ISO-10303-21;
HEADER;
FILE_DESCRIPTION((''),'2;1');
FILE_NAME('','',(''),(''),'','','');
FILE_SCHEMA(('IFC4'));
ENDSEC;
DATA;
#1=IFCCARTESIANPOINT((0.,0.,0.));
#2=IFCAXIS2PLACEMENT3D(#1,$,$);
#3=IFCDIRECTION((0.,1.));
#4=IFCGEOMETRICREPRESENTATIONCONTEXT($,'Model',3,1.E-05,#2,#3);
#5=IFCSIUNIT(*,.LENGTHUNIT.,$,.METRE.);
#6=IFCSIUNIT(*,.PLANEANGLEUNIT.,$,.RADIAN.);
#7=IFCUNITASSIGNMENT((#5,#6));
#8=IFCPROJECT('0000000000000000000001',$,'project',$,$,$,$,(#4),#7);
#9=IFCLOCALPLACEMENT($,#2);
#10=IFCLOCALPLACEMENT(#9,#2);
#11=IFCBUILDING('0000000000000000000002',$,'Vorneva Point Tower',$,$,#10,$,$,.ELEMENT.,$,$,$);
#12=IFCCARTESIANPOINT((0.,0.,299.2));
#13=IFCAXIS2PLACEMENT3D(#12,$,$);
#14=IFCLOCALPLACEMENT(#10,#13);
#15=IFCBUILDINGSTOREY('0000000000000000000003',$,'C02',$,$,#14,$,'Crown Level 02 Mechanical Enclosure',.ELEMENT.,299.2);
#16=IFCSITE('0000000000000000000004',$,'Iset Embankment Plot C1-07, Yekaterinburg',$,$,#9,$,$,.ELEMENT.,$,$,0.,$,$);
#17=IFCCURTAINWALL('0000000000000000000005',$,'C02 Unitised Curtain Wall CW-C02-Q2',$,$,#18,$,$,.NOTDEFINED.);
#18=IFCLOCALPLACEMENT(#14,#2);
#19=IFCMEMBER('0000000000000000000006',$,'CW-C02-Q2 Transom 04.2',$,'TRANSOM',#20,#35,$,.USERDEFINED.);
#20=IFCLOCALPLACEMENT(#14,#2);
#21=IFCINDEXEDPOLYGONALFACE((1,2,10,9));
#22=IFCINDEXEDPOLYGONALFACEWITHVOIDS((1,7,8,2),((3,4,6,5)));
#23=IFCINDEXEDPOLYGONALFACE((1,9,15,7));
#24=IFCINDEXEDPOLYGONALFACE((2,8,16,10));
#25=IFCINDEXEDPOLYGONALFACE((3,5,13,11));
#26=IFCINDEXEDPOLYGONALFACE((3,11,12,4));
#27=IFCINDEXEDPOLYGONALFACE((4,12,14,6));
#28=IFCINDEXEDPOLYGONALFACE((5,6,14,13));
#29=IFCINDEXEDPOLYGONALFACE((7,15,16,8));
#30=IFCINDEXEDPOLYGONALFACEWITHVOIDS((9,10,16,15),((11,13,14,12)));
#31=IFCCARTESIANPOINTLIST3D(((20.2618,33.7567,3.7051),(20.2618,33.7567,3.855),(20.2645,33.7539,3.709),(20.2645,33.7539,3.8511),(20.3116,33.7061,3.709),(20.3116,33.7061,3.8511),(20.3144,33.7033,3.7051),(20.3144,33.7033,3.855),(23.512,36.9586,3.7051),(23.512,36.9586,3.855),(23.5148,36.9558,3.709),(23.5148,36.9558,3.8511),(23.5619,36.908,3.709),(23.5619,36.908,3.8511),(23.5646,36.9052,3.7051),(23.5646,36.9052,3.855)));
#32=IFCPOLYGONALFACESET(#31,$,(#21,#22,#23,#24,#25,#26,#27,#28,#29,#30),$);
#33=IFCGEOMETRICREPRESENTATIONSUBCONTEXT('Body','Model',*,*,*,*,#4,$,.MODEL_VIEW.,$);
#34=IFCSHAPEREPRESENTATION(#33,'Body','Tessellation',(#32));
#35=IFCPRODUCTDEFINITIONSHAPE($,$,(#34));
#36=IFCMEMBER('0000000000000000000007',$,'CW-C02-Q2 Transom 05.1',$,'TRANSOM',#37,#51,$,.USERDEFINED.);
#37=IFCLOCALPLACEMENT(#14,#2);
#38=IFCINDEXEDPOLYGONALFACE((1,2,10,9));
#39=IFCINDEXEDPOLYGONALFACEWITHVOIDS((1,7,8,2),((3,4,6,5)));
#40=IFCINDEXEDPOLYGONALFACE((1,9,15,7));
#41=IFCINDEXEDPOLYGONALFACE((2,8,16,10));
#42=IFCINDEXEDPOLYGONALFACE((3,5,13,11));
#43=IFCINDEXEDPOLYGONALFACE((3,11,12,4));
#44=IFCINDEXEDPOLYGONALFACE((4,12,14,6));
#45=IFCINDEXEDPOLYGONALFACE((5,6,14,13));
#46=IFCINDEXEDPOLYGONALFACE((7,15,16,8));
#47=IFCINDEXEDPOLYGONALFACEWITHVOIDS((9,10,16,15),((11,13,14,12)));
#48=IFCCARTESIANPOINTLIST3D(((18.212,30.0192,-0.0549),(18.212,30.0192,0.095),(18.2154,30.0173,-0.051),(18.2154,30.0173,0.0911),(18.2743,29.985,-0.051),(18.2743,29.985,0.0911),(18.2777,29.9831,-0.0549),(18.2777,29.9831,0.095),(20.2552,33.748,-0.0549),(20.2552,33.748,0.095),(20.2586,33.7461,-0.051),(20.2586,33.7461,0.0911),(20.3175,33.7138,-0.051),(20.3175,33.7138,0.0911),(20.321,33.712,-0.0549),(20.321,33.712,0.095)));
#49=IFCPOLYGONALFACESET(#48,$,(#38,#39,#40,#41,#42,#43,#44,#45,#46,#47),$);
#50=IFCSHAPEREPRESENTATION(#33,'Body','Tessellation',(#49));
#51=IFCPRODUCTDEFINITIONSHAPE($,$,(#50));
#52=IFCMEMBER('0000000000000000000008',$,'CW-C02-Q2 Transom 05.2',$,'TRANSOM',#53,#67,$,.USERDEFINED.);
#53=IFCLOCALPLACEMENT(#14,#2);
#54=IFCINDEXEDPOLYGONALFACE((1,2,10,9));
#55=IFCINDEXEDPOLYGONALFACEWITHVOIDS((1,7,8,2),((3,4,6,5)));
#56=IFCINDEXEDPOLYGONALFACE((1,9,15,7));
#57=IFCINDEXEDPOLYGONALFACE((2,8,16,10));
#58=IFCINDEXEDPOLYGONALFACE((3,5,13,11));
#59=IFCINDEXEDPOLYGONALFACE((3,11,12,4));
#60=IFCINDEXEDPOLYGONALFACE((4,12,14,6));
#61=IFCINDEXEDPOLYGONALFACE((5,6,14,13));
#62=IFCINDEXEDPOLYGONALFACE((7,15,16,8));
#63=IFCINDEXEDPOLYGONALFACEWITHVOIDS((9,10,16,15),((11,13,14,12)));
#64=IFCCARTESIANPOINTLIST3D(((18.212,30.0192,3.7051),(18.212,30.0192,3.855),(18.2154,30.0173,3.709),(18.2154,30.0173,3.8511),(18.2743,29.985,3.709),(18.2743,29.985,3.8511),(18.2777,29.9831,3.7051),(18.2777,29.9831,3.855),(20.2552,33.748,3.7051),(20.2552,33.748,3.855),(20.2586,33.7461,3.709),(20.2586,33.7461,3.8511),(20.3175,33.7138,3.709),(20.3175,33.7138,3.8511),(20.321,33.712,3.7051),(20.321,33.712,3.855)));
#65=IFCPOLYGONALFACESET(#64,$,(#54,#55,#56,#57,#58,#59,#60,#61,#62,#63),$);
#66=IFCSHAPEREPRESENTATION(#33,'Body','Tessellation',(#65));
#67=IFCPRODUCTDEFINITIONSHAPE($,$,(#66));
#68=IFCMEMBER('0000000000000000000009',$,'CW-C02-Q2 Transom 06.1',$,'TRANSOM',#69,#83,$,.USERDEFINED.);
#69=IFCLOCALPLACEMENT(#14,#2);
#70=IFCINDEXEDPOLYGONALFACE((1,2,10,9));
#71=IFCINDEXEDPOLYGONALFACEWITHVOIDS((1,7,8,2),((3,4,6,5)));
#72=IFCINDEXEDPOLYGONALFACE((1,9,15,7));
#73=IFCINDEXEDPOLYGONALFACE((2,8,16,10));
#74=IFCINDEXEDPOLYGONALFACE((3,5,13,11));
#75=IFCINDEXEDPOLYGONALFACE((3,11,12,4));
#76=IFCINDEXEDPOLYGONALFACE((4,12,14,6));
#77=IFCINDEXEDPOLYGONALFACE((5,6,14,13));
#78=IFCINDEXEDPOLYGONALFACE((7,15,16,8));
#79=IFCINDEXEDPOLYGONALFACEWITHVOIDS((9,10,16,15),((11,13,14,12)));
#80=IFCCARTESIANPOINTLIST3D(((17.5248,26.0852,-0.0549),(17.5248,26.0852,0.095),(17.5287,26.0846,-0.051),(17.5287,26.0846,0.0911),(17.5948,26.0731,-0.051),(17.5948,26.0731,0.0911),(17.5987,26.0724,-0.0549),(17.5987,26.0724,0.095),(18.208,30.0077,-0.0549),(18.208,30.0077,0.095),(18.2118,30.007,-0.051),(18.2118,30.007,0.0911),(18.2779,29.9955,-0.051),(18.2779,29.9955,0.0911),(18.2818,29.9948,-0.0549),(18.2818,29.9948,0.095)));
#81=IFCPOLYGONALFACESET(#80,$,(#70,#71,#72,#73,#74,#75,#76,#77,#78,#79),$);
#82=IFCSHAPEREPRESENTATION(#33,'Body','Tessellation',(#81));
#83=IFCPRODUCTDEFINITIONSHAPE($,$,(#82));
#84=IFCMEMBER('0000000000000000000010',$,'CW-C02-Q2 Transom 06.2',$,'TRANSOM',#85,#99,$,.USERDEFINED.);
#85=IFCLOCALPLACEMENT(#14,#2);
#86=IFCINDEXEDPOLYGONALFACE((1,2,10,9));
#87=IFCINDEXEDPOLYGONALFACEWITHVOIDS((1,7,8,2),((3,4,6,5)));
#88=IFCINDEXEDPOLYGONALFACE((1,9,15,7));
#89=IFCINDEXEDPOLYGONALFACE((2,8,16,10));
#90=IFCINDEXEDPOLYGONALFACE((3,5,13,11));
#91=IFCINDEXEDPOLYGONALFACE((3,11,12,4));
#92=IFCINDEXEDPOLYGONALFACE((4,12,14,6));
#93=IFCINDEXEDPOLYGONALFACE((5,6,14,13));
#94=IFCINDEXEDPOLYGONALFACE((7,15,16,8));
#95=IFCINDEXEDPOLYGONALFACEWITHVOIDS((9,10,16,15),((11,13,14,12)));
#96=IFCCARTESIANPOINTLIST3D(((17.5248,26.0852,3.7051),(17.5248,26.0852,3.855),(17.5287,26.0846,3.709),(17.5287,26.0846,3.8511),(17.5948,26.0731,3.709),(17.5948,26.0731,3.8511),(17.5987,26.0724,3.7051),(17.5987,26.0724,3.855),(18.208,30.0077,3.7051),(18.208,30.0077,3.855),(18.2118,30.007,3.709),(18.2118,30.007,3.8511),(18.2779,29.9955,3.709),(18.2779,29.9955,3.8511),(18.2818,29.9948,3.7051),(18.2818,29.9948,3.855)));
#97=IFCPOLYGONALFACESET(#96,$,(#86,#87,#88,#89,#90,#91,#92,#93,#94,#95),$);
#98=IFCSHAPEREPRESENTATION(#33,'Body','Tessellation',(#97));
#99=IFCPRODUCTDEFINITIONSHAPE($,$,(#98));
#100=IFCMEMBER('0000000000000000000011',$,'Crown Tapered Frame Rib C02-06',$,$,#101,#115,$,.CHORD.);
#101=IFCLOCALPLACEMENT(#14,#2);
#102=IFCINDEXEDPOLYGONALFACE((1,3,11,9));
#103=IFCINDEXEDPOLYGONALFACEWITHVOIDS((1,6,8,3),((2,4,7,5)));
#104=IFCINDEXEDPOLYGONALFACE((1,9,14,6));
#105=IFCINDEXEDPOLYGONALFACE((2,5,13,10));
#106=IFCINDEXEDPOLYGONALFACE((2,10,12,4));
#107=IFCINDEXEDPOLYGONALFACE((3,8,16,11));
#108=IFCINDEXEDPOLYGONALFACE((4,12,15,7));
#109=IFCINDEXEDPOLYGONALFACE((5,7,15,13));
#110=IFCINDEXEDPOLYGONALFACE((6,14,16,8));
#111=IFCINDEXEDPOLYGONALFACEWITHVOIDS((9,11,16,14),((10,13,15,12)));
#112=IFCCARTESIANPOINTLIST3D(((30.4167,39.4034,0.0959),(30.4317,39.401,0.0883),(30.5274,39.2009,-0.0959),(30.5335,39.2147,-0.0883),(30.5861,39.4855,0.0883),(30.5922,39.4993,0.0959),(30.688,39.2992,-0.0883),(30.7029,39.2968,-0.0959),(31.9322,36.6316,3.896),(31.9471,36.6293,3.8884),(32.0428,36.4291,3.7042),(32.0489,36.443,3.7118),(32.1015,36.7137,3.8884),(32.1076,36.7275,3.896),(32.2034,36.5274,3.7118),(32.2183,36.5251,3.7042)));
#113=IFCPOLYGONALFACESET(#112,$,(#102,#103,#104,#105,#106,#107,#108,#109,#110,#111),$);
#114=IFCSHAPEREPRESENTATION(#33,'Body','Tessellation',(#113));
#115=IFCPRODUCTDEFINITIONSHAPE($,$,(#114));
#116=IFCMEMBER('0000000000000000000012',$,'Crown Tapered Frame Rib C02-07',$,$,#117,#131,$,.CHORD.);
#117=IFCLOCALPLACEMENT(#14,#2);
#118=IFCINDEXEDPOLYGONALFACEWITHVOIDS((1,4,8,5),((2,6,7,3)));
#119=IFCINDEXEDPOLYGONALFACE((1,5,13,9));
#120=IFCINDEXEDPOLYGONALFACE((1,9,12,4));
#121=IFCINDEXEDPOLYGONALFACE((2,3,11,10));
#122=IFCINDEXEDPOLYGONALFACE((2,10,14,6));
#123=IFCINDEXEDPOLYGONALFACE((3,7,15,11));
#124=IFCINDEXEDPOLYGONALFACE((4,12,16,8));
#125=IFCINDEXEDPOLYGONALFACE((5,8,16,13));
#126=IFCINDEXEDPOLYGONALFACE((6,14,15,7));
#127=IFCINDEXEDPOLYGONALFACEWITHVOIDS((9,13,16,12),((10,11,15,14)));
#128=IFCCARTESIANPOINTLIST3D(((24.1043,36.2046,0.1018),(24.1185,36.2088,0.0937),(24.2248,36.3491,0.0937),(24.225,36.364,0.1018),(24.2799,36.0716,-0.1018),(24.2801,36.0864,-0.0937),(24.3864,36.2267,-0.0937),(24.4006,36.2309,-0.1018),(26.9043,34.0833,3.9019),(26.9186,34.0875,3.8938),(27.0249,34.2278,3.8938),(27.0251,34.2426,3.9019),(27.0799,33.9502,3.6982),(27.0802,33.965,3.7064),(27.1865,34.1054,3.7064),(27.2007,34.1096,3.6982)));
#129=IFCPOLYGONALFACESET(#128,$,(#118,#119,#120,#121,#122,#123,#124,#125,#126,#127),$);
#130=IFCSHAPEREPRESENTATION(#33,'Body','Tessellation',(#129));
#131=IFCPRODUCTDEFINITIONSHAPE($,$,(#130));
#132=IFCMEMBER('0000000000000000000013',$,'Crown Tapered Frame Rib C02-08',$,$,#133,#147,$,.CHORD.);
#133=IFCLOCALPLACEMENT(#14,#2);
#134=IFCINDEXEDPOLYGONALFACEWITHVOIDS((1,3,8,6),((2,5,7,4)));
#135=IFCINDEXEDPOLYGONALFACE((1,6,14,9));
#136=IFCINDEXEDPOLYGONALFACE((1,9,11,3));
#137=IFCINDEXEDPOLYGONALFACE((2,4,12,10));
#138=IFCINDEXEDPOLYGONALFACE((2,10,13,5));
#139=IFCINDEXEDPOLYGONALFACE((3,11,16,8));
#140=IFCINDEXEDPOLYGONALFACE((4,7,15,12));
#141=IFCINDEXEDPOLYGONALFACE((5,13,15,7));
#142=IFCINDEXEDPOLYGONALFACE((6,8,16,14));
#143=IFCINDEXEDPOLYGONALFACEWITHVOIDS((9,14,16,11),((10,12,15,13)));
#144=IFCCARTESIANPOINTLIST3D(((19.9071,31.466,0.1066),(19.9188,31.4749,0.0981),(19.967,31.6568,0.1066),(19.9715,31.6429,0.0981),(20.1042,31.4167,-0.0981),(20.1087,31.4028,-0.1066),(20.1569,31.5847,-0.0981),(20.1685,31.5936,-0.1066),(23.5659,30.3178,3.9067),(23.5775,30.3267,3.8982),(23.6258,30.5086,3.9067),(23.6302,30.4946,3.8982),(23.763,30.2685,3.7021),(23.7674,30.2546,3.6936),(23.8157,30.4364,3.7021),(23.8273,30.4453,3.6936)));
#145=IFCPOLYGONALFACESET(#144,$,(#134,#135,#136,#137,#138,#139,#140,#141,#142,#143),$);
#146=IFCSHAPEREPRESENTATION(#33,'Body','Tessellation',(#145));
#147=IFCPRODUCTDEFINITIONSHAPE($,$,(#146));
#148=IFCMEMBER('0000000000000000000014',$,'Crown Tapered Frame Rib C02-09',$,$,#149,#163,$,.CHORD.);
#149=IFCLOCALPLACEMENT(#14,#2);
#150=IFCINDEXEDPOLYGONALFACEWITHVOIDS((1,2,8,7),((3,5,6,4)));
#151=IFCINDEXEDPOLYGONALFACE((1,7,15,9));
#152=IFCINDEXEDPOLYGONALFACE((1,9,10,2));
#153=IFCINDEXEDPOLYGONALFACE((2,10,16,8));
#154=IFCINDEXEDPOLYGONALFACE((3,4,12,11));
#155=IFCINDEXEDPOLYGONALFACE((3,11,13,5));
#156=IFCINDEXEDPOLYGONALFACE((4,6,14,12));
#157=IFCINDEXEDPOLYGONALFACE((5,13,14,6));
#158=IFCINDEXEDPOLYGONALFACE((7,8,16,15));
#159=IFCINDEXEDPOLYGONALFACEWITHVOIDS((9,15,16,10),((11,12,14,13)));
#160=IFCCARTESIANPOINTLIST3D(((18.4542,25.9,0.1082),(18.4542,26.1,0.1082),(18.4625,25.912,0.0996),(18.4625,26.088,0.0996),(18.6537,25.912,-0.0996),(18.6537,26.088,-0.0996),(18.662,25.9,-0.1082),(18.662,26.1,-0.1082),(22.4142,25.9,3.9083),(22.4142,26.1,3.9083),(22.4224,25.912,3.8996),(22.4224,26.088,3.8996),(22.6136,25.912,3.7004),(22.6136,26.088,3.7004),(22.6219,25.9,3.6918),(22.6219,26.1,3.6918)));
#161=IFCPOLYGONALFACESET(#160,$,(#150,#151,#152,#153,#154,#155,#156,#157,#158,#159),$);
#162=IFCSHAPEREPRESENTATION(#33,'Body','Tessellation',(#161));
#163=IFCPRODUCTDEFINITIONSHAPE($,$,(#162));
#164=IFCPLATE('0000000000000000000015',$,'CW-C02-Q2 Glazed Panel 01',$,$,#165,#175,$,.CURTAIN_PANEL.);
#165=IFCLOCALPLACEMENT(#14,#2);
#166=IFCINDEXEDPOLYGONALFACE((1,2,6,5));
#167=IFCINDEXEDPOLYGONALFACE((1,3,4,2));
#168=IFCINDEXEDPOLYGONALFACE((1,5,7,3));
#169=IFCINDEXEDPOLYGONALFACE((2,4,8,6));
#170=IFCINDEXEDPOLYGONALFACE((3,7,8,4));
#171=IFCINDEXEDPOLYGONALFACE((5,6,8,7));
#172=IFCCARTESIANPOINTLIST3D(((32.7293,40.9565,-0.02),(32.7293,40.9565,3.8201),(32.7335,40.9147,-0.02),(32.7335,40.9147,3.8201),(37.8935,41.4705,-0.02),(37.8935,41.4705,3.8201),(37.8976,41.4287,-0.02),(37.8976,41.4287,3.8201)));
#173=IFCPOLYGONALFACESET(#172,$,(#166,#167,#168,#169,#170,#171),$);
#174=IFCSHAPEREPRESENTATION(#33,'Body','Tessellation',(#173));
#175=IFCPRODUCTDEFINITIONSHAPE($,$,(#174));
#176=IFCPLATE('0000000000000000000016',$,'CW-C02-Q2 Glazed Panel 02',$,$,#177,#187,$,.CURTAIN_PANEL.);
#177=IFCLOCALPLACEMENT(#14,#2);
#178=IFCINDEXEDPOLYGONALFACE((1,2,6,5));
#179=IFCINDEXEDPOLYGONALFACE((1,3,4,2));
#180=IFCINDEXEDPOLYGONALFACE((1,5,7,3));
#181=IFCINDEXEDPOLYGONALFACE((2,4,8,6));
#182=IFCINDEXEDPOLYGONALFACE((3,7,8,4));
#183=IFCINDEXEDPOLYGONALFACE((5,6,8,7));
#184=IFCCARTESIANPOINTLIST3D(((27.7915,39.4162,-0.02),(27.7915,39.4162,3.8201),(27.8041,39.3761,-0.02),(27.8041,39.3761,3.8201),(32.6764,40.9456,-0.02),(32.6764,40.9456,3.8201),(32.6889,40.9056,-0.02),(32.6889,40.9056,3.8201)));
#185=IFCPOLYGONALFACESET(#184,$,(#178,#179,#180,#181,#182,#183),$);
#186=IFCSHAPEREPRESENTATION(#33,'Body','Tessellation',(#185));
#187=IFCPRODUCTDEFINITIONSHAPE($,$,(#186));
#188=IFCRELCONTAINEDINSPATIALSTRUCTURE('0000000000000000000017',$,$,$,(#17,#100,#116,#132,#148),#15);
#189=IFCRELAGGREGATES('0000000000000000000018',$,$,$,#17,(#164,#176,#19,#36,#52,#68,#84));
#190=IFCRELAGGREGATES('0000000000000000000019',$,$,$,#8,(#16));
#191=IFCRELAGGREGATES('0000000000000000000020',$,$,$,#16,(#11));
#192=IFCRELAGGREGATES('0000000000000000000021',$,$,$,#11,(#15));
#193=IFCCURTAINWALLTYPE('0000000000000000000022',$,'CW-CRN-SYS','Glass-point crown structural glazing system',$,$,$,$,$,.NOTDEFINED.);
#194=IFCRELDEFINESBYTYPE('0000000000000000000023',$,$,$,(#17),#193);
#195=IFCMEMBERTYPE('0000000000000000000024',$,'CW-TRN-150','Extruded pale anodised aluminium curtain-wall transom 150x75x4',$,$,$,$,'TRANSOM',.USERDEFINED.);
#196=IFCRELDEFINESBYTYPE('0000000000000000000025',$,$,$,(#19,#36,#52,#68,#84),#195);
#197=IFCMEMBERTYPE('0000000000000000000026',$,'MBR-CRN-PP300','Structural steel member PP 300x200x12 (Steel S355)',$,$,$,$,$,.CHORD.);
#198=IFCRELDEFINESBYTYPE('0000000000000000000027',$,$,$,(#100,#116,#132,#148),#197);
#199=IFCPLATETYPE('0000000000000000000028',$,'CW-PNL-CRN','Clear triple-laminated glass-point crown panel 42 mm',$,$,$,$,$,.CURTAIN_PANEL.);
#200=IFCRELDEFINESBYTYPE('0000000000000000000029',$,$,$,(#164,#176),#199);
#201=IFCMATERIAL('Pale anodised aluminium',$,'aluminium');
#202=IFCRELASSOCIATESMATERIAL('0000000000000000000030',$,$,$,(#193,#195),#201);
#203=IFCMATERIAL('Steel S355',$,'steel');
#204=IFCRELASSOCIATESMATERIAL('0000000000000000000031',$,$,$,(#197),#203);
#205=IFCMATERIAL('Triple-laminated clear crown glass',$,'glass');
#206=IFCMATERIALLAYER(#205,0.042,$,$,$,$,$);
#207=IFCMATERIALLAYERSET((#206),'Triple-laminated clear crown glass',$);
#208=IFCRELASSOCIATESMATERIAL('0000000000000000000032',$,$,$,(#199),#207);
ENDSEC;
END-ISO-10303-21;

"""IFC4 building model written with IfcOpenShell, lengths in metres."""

from ifc_helpers import new_model, si_unit, direction, frame, origin, origin_2d, place, context, subcontext, project, spatial, rectangle, hollow_rectangle, extrude, material, layer, layer_set, material_profile, profile_set, type_object, element, aggregate, save


model = new_model("IFC4")

# Units and contexts
model_context = context("Model", 3, precision=1e-05, world=origin(), true_north=direction((0.0, 1.0)))
body_context = subcontext(model_context, "Body", "Model", "MODEL_VIEW")
ifc_project = project(units=[si_unit("LENGTHUNIT", "METRE"), si_unit("PLANEANGLEUNIT", "RADIAN")], contexts=[model_context])

# Site, building, storey
site_placement = place(None, origin())
site = spatial("IfcSite", under=ifc_project, at=site_placement, Name="Iset Embankment Plot C1-07, Yekaterinburg", CompositionType="ELEMENT", RefElevation=0.0)
building_placement = place(site_placement, origin())
building = spatial("IfcBuilding", under=site, at=building_placement, Name="Vorneva Point Tower", CompositionType="ELEMENT")
storey_placement = place(building_placement, frame((0.0, 0.0, 299.2)))
storey = spatial("IfcBuildingStorey", under=building, at=storey_placement, Name="C02", LongName="Crown Level 02 Mechanical Enclosure", CompositionType="ELEMENT", Elevation=299.2)

# Shared definitions
ifc_material_1 = material(Name="Steel S355", Category="steel")

# Curtain wall, members
ifc_material_2 = material(Name="Pale anodised aluminium", Category="aluminium")
curtain_wall_type = type_object("IfcCurtainWallType", Name="CW-CRN-SYS", Description="Glass-point crown structural glazing system", PredefinedType="NOTDEFINED", material=ifc_material_2)
curtain_wall_placement = place(storey_placement, origin())
curtain_wall = element("IfcCurtainWall", 1, at=curtain_wall_placement, inside=storey, type_object=curtain_wall_type, Name="C02 Unitised Curtain Wall CW-C02-Q2", PredefinedType="NOTDEFINED")
ifc_material_profile_1 = material_profile(ifc_material_2, hollow_rectangle(XDim=0.075, YDim=0.1499, WallThickness=0.0039, at=origin_2d()), Name="AL-TRN 150x75x4")
ifc_profile_set_1 = profile_set([ifc_material_profile_1], Name="Pale anodised aluminium")
member_type_1 = type_object("IfcMemberType", Name="CW-TRN-150", Description="Extruded pale anodised aluminium curtain-wall transom 150x75x4", ElementType="TRANSOM", PredefinedType="USERDEFINED", material=ifc_profile_set_1)
member_1_placement = place(storey_placement, frame((23.5383, 36.9319, 3.78), z_axis=(-0.712384, -0.701789, 0.0), x_axis=(0.701789, -0.712384, 0.0)))
member_1 = element("IfcMember", 2, at=member_1_placement, type_object=member_type_1, Name="CW-C02-Q2 Transom 04.2", ObjectType="TRANSOM", PredefinedType="USERDEFINED", context=body_context, shape_type="SweptSolid", body=[
    extrude(hollow_rectangle(XDim=0.075, YDim=0.1499, WallThickness=0.0039, at=origin_2d()), origin(), (0.0, 0.0, 1.0), 4.5625),
])
member_2_placement = place(storey_placement, frame((20.2881, 33.73, 0.02), z_axis=(-0.480545, -0.87697, 0.0), x_axis=(0.87697, -0.480545, 0.0)))
member_2 = element("IfcMember", 3, at=member_2_placement, type_object=member_type_1, Name="CW-C02-Q2 Transom 05.1", ObjectType="TRANSOM", PredefinedType="USERDEFINED", context=body_context, shape_type="SweptSolid", body=[
    extrude(hollow_rectangle(XDim=0.075, YDim=0.1499, WallThickness=0.0039, at=origin_2d()), origin(), (0.0, 0.0, 1.0), 4.252),
])
member_3_placement = place(storey_placement, frame((20.2881, 33.73, 3.78), z_axis=(-0.480545, -0.87697, 0.0), x_axis=(0.87697, -0.480545, 0.0)))
member_3 = element("IfcMember", 4, at=member_3_placement, type_object=member_type_1, Name="CW-C02-Q2 Transom 05.2", ObjectType="TRANSOM", PredefinedType="USERDEFINED", context=body_context, shape_type="SweptSolid", body=[
    extrude(hollow_rectangle(XDim=0.075, YDim=0.1499, WallThickness=0.0039, at=origin_2d()), origin(), (0.0, 0.0, 1.0), 4.252),
])
member_4_placement = place(storey_placement, frame((18.2449, 30.0012, 0.02), z_axis=(-0.171574, -0.985171, 0.0), x_axis=(0.985171, -0.171574, 0.0)))
member_4 = element("IfcMember", 5, at=member_4_placement, type_object=member_type_1, Name="CW-C02-Q2 Transom 06.1", ObjectType="TRANSOM", PredefinedType="USERDEFINED", context=body_context, shape_type="SweptSolid", body=[
    extrude(hollow_rectangle(XDim=0.075, YDim=0.1499, WallThickness=0.0039, at=origin_2d()), origin(), (0.0, 0.0, 1.0), 3.9814),
])
member_5_placement = place(storey_placement, frame((18.2449, 30.0012, 3.78), z_axis=(-0.171574, -0.985171, 0.0), x_axis=(0.985171, -0.171574, 0.0)))
member_5 = element("IfcMember", 6, at=member_5_placement, type_object=member_type_1, Name="CW-C02-Q2 Transom 06.2", ObjectType="TRANSOM", PredefinedType="USERDEFINED", context=body_context, shape_type="SweptSolid", body=[
    extrude(hollow_rectangle(XDim=0.075, YDim=0.1499, WallThickness=0.0039, at=origin_2d()), origin(), (0.0, 0.0, 1.0), 3.9814),
])

# Members
ifc_material_profile_2 = material_profile(ifc_material_1, hollow_rectangle(XDim=0.2, YDim=0.3, WallThickness=0.012, at=origin_2d()), Name="PP 300x200x12")
ifc_profile_set_2 = profile_set([ifc_material_profile_2], Name="Steel S355")
member_type_2 = type_object("IfcMemberType", Name="MBR-CRN-PP300", Description="Structural steel member PP 300x200x12 (Steel S355)", PredefinedType="CHORD", material=ifc_profile_set_2)
member_6_placement = place(storey_placement, frame((30.5598, 39.3501, 0.0), z_axis=(0.306659, -0.560899, 0.768994), x_axis=(0.877426, 0.479713, 0.0)))
element("IfcMember", 7, at=member_6_placement, inside=storey, type_object=member_type_2, Name="Crown Tapered Frame Rib C02-06", PredefinedType="CHORD", context=body_context, shape_type="SweptSolid", body=[
    extrude(hollow_rectangle(XDim=0.2, YDim=0.3, WallThickness=0.012, at=origin_2d()), origin(), (0.0, 0.0, 1.0), 4.9417),
])
member_7_placement = place(storey_placement, frame((24.2524, 36.2178, 0.0), z_axis=(0.541071, -0.40992, 0.734308), x_axis=(0.603874, 0.79708, 0.0)))
element("IfcMember", 8, at=member_7_placement, inside=storey, type_object=member_type_2, Name="Crown Tapered Frame Rib C02-07", PredefinedType="CHORD", context=body_context, shape_type="SweptSolid", body=[
    extrude(hollow_rectangle(XDim=0.2, YDim=0.3, WallThickness=0.012, at=origin_2d()), origin(), (0.0, 0.0, 1.0), 5.175),
])
member_8_placement = place(storey_placement, frame((20.0378, 31.5298, 0.0), z_axis=(0.677713, -0.212684, 0.703897), x_axis=(0.299428, 0.954119, 0.0)))
element("IfcMember", 9, at=member_8_placement, inside=storey, type_object=member_type_2, Name="Crown Tapered Frame Rib C02-08", PredefinedType="CHORD", context=body_context, shape_type="SweptSolid", body=[
    extrude(hollow_rectangle(XDim=0.2, YDim=0.3, WallThickness=0.012, at=origin_2d()), origin(), (0.0, 0.0, 1.0), 5.3987),
])
member_9_placement = place(storey_placement, frame((18.5581, 26.0, 0.0), z_axis=(0.721525, 0.0, 0.692388), x_axis=(0.0, 1.0, 0.0)))
element("IfcMember", 10, at=member_9_placement, inside=storey, type_object=member_type_2, Name="Crown Tapered Frame Rib C02-09", PredefinedType="CHORD", context=body_context, shape_type="SweptSolid", body=[
    extrude(hollow_rectangle(XDim=0.2, YDim=0.3, WallThickness=0.012, at=origin_2d()), origin(), (0.0, 0.0, 1.0), 5.4883),
])

# Plates
ifc_material_3 = material(Name="Triple-laminated clear crown glass", Category="glass")
ifc_layer = layer(ifc_material_3, 0.042)
ifc_layer_set = layer_set([ifc_layer], Name="Triple-laminated clear crown glass")
plate_type = type_object("IfcPlateType", Name="CW-PNL-CRN", Description="Clear triple-laminated glass-point crown panel 42 mm", PredefinedType="CURTAIN_PANEL", material=ifc_layer_set)
plate_1_placement = place(storey_placement, frame((35.3135, 41.1926, -0.02), z_axis=(0.0, 0.0, 1.0), x_axis=(-0.995083, -0.099042, 0.0)))
plate_1 = element("IfcPlate", 11, at=plate_1_placement, type_object=plate_type, Name="CW-C02-Q2 Glazed Panel 01", PredefinedType="CURTAIN_PANEL", context=body_context, shape_type="SweptSolid", body=[
    extrude(rectangle(XDim=5.1897, YDim=0.042, at=origin_2d()), origin(), (0.0, 0.0, 1.0), 3.8401),
])
plate_2_placement = place(storey_placement, frame((30.2402, 40.1609, -0.02), z_axis=(0.0, 0.0, 1.0), x_axis=(-0.954319, -0.298791, 0.0)))
plate_2 = element("IfcPlate", 12, at=plate_2_placement, type_object=plate_type, Name="CW-C02-Q2 Glazed Panel 02", PredefinedType="CURTAIN_PANEL", context=body_context, shape_type="SweptSolid", body=[
    extrude(rectangle(XDim=5.1187, YDim=0.042, at=origin_2d()), origin(), (0.0, 0.0, 1.0), 3.8401),
])
aggregate(curtain_wall, [plate_1, plate_2, member_1, member_2, member_3, member_4, member_5])

save(model, "model.ifc")
